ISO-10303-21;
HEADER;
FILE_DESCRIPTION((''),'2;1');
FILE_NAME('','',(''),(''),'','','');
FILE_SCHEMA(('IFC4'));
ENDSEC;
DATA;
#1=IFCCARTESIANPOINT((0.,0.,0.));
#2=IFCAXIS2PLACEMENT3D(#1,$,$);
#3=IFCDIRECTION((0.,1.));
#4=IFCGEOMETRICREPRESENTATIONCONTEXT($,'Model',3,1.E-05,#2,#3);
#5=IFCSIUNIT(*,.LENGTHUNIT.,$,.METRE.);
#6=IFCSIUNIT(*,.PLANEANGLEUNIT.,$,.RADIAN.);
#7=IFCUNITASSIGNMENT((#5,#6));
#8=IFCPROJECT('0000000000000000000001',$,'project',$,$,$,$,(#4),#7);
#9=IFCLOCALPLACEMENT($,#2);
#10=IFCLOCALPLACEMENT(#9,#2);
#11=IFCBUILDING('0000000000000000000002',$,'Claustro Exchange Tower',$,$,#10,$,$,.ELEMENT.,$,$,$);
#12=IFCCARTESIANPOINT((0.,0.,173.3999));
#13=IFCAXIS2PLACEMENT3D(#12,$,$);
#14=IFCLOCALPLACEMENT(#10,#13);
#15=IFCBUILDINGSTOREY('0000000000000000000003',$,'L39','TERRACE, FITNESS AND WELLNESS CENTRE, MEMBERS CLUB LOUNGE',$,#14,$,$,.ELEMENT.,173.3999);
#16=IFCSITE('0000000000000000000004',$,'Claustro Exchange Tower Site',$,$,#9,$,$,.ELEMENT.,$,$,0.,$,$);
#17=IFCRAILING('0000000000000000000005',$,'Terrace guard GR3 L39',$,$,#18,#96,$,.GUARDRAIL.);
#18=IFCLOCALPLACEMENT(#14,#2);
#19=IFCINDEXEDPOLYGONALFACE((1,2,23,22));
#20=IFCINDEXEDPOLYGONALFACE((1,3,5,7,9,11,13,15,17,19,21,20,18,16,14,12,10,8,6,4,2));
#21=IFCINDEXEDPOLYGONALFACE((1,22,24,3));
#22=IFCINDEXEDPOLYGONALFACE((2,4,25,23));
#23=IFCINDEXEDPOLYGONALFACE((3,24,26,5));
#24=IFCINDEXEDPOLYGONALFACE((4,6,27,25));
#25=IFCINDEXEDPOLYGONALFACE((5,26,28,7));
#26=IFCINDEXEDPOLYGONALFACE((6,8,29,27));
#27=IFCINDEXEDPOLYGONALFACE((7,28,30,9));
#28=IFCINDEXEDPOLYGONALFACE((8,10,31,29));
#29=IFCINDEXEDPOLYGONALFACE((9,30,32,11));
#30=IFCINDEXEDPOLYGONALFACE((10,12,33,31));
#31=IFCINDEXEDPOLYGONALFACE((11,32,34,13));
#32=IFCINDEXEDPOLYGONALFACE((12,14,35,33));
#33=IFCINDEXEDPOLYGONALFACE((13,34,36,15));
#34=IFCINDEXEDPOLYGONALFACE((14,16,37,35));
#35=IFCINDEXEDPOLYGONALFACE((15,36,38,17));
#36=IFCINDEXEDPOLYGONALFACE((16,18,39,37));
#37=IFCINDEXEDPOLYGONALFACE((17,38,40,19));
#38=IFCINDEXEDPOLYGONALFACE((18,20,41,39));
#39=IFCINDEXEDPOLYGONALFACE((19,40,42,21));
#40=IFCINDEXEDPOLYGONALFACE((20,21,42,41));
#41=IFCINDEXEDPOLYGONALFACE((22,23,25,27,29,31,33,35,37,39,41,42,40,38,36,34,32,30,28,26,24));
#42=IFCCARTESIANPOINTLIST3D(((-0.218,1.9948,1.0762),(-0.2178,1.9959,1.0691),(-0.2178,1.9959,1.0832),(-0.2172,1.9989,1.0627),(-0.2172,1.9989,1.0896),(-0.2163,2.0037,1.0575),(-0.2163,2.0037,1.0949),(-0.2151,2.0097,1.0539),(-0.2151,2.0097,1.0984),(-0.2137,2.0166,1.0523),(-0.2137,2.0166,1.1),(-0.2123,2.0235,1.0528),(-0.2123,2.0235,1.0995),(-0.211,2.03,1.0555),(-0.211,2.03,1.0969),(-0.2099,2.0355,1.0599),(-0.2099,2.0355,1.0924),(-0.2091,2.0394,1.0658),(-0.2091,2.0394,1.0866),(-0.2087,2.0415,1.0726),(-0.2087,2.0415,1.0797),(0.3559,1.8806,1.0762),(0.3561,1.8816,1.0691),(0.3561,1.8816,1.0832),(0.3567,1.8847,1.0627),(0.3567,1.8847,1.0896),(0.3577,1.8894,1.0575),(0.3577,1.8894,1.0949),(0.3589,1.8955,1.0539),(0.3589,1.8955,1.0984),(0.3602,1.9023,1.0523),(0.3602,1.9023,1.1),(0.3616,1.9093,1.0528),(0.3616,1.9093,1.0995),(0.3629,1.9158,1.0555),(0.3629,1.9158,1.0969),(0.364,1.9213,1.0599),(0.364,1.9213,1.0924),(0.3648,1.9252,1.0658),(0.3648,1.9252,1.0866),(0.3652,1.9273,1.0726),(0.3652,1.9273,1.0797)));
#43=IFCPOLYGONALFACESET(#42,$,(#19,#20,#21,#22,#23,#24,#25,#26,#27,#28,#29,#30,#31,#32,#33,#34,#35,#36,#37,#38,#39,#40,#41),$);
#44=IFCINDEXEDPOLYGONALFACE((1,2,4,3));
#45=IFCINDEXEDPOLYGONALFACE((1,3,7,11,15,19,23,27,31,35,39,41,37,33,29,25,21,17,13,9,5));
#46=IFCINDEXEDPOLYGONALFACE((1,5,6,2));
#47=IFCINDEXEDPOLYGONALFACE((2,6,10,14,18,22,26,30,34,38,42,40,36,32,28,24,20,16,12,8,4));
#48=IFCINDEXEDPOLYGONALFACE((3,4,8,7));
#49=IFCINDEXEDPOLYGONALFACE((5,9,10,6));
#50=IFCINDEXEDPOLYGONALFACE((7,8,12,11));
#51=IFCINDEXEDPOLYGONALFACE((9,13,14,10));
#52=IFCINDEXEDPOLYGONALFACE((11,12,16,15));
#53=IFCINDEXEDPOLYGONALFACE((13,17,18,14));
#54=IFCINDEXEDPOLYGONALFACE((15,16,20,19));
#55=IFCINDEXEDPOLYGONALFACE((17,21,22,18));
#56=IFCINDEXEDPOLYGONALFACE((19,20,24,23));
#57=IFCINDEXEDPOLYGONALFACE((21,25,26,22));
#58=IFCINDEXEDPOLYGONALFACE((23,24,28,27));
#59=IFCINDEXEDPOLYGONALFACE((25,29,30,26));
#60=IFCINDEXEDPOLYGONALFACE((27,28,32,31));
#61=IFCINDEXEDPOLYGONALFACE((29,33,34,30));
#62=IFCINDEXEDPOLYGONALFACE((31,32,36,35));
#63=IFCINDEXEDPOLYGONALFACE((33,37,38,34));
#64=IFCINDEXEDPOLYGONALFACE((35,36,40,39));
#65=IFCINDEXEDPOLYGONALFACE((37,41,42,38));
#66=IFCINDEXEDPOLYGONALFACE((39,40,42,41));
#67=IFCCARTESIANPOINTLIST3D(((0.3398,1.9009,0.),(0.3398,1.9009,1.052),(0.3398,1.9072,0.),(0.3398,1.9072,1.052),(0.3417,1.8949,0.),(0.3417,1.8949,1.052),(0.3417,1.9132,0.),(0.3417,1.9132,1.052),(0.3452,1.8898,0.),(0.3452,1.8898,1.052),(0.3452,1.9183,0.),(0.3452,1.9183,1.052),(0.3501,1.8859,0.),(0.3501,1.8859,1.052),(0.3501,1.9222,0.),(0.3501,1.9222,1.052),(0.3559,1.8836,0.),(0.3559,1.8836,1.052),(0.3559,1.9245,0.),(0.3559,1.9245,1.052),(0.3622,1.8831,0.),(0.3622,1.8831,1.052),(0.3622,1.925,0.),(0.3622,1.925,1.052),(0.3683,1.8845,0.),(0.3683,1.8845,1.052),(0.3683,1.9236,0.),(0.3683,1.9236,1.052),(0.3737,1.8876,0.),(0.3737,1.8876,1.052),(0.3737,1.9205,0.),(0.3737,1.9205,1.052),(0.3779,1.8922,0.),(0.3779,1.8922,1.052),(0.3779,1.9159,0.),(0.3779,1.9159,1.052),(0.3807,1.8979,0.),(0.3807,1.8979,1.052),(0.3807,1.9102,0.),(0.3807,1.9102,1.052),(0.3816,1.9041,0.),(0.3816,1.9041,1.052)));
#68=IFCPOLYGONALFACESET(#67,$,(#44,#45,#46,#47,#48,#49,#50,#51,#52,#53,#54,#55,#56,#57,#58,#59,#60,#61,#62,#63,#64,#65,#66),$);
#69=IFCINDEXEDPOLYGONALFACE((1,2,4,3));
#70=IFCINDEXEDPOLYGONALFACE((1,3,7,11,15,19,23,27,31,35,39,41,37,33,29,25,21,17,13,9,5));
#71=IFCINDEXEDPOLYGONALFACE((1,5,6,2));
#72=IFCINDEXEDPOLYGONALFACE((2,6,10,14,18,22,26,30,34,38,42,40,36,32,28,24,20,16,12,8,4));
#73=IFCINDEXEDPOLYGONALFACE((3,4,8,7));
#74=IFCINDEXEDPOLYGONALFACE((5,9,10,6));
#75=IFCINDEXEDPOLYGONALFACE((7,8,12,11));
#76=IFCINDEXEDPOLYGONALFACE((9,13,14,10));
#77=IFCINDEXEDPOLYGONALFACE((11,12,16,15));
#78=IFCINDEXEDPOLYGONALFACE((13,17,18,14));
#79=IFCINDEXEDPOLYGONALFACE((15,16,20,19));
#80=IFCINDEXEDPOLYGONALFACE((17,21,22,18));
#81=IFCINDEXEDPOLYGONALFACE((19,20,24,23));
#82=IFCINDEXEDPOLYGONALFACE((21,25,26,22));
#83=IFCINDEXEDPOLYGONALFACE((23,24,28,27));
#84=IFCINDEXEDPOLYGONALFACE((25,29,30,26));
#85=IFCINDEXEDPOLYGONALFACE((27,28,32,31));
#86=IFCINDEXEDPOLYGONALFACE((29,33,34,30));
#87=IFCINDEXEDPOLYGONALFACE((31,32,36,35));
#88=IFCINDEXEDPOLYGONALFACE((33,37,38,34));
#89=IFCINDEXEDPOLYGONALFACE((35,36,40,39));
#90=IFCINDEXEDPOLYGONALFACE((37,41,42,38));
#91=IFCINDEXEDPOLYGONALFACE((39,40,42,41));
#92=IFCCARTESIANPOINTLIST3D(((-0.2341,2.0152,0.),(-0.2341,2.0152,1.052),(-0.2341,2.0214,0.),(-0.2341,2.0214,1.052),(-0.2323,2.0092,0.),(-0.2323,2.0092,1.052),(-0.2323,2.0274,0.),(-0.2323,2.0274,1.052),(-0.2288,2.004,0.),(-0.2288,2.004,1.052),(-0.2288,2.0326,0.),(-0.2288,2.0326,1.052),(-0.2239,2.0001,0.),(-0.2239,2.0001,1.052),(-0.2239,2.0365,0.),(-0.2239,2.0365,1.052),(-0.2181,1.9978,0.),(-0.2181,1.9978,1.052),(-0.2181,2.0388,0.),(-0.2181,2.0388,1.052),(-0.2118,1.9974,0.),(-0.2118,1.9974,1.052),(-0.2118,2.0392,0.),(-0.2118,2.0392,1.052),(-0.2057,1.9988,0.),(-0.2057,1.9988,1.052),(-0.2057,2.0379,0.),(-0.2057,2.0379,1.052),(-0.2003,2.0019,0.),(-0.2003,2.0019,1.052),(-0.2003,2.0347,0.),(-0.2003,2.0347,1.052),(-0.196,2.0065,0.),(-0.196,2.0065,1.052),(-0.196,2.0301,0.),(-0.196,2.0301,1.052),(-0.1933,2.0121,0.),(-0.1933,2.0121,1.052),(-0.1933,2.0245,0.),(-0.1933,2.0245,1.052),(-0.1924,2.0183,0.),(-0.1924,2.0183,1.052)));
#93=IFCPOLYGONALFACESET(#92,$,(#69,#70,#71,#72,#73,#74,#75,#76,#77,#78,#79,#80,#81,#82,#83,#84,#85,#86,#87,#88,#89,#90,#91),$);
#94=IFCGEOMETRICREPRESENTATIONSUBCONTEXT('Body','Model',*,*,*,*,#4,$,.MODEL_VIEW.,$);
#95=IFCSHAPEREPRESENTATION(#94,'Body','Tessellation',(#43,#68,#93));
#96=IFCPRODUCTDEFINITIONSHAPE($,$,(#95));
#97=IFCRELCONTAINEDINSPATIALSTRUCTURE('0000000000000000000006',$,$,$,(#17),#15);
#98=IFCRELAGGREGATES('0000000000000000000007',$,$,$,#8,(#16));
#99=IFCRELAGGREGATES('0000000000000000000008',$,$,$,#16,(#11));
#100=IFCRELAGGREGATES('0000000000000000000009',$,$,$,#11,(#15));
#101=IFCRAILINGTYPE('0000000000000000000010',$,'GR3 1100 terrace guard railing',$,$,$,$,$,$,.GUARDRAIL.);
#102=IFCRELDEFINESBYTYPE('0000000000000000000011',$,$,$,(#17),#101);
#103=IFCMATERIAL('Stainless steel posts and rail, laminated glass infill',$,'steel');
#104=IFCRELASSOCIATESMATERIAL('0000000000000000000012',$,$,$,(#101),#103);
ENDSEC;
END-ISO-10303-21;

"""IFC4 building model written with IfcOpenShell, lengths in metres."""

from ifc_helpers import new_model, si_unit, direction, frame, origin, origin_2d, place, context, subcontext, project, spatial, circle, extrude, material, type_object, element, save


model = new_model("IFC4")

# Units and contexts
model_context = context("Model", 3, precision=1e-05, world=origin(), true_north=direction((0.0, 1.0)))
body_context = subcontext(model_context, "Body", "Model", "MODEL_VIEW")
ifc_project = project(units=[si_unit("LENGTHUNIT", "METRE"), si_unit("PLANEANGLEUNIT", "RADIAN")], contexts=[model_context])

# Site, building, storey
site_placement = place(None, origin())
site = spatial("IfcSite", under=ifc_project, at=site_placement, Name="Claustro Exchange Tower Site", CompositionType="ELEMENT", RefElevation=0.0)
building_placement = place(site_placement, origin())
building = spatial("IfcBuilding", under=site, at=building_placement, Name="Claustro Exchange Tower", CompositionType="ELEMENT")
storey_placement = place(building_placement, frame((0.0, 0.0, 173.3999)))
storey = spatial("IfcBuildingStorey", under=building, at=storey_placement, Name="L39", Description="TERRACE, FITNESS AND WELLNESS CENTRE, MEMBERS CLUB LOUNGE", CompositionType="ELEMENT", Elevation=173.3999)

# Railing
ifc_material_1 = material(Name="Stainless steel posts and rail, laminated glass infill", Category="steel")
railing_type_1 = type_object("IfcRailingType", Name="GR3 1100 terrace guard railing", PredefinedType="GUARDRAIL", material=ifc_material_1)
railing_1_placement = place(storey_placement, frame((0.3606, 1.9041, 0.0)))
element("IfcRailing", 1, at=railing_1_placement, inside=storey, type_object=railing_type_1, Name="Terrace guard GR3 L39", PredefinedType="GUARDRAIL", context=body_context, shape_type="SweptSolid", body=[
    extrude(circle(Radius=0.0239, at=origin_2d()), frame((0.0, 0.0, 1.0762), z_axis=(-0.980757, 0.195234, 0.0), x_axis=(-0.195234, -0.980757, 0.0)), (0.0, 0.0, 1.0), 0.5852),
    extrude(circle(Radius=0.021, at=origin_2d()), origin(), (0.0, 0.0, 1.0), 1.052),
    extrude(circle(Radius=0.021, at=origin_2d()), frame((-0.574, 0.1143, 0.0)), (0.0, 0.0, 1.0), 1.052),
])

save(model, "model.ifc")
